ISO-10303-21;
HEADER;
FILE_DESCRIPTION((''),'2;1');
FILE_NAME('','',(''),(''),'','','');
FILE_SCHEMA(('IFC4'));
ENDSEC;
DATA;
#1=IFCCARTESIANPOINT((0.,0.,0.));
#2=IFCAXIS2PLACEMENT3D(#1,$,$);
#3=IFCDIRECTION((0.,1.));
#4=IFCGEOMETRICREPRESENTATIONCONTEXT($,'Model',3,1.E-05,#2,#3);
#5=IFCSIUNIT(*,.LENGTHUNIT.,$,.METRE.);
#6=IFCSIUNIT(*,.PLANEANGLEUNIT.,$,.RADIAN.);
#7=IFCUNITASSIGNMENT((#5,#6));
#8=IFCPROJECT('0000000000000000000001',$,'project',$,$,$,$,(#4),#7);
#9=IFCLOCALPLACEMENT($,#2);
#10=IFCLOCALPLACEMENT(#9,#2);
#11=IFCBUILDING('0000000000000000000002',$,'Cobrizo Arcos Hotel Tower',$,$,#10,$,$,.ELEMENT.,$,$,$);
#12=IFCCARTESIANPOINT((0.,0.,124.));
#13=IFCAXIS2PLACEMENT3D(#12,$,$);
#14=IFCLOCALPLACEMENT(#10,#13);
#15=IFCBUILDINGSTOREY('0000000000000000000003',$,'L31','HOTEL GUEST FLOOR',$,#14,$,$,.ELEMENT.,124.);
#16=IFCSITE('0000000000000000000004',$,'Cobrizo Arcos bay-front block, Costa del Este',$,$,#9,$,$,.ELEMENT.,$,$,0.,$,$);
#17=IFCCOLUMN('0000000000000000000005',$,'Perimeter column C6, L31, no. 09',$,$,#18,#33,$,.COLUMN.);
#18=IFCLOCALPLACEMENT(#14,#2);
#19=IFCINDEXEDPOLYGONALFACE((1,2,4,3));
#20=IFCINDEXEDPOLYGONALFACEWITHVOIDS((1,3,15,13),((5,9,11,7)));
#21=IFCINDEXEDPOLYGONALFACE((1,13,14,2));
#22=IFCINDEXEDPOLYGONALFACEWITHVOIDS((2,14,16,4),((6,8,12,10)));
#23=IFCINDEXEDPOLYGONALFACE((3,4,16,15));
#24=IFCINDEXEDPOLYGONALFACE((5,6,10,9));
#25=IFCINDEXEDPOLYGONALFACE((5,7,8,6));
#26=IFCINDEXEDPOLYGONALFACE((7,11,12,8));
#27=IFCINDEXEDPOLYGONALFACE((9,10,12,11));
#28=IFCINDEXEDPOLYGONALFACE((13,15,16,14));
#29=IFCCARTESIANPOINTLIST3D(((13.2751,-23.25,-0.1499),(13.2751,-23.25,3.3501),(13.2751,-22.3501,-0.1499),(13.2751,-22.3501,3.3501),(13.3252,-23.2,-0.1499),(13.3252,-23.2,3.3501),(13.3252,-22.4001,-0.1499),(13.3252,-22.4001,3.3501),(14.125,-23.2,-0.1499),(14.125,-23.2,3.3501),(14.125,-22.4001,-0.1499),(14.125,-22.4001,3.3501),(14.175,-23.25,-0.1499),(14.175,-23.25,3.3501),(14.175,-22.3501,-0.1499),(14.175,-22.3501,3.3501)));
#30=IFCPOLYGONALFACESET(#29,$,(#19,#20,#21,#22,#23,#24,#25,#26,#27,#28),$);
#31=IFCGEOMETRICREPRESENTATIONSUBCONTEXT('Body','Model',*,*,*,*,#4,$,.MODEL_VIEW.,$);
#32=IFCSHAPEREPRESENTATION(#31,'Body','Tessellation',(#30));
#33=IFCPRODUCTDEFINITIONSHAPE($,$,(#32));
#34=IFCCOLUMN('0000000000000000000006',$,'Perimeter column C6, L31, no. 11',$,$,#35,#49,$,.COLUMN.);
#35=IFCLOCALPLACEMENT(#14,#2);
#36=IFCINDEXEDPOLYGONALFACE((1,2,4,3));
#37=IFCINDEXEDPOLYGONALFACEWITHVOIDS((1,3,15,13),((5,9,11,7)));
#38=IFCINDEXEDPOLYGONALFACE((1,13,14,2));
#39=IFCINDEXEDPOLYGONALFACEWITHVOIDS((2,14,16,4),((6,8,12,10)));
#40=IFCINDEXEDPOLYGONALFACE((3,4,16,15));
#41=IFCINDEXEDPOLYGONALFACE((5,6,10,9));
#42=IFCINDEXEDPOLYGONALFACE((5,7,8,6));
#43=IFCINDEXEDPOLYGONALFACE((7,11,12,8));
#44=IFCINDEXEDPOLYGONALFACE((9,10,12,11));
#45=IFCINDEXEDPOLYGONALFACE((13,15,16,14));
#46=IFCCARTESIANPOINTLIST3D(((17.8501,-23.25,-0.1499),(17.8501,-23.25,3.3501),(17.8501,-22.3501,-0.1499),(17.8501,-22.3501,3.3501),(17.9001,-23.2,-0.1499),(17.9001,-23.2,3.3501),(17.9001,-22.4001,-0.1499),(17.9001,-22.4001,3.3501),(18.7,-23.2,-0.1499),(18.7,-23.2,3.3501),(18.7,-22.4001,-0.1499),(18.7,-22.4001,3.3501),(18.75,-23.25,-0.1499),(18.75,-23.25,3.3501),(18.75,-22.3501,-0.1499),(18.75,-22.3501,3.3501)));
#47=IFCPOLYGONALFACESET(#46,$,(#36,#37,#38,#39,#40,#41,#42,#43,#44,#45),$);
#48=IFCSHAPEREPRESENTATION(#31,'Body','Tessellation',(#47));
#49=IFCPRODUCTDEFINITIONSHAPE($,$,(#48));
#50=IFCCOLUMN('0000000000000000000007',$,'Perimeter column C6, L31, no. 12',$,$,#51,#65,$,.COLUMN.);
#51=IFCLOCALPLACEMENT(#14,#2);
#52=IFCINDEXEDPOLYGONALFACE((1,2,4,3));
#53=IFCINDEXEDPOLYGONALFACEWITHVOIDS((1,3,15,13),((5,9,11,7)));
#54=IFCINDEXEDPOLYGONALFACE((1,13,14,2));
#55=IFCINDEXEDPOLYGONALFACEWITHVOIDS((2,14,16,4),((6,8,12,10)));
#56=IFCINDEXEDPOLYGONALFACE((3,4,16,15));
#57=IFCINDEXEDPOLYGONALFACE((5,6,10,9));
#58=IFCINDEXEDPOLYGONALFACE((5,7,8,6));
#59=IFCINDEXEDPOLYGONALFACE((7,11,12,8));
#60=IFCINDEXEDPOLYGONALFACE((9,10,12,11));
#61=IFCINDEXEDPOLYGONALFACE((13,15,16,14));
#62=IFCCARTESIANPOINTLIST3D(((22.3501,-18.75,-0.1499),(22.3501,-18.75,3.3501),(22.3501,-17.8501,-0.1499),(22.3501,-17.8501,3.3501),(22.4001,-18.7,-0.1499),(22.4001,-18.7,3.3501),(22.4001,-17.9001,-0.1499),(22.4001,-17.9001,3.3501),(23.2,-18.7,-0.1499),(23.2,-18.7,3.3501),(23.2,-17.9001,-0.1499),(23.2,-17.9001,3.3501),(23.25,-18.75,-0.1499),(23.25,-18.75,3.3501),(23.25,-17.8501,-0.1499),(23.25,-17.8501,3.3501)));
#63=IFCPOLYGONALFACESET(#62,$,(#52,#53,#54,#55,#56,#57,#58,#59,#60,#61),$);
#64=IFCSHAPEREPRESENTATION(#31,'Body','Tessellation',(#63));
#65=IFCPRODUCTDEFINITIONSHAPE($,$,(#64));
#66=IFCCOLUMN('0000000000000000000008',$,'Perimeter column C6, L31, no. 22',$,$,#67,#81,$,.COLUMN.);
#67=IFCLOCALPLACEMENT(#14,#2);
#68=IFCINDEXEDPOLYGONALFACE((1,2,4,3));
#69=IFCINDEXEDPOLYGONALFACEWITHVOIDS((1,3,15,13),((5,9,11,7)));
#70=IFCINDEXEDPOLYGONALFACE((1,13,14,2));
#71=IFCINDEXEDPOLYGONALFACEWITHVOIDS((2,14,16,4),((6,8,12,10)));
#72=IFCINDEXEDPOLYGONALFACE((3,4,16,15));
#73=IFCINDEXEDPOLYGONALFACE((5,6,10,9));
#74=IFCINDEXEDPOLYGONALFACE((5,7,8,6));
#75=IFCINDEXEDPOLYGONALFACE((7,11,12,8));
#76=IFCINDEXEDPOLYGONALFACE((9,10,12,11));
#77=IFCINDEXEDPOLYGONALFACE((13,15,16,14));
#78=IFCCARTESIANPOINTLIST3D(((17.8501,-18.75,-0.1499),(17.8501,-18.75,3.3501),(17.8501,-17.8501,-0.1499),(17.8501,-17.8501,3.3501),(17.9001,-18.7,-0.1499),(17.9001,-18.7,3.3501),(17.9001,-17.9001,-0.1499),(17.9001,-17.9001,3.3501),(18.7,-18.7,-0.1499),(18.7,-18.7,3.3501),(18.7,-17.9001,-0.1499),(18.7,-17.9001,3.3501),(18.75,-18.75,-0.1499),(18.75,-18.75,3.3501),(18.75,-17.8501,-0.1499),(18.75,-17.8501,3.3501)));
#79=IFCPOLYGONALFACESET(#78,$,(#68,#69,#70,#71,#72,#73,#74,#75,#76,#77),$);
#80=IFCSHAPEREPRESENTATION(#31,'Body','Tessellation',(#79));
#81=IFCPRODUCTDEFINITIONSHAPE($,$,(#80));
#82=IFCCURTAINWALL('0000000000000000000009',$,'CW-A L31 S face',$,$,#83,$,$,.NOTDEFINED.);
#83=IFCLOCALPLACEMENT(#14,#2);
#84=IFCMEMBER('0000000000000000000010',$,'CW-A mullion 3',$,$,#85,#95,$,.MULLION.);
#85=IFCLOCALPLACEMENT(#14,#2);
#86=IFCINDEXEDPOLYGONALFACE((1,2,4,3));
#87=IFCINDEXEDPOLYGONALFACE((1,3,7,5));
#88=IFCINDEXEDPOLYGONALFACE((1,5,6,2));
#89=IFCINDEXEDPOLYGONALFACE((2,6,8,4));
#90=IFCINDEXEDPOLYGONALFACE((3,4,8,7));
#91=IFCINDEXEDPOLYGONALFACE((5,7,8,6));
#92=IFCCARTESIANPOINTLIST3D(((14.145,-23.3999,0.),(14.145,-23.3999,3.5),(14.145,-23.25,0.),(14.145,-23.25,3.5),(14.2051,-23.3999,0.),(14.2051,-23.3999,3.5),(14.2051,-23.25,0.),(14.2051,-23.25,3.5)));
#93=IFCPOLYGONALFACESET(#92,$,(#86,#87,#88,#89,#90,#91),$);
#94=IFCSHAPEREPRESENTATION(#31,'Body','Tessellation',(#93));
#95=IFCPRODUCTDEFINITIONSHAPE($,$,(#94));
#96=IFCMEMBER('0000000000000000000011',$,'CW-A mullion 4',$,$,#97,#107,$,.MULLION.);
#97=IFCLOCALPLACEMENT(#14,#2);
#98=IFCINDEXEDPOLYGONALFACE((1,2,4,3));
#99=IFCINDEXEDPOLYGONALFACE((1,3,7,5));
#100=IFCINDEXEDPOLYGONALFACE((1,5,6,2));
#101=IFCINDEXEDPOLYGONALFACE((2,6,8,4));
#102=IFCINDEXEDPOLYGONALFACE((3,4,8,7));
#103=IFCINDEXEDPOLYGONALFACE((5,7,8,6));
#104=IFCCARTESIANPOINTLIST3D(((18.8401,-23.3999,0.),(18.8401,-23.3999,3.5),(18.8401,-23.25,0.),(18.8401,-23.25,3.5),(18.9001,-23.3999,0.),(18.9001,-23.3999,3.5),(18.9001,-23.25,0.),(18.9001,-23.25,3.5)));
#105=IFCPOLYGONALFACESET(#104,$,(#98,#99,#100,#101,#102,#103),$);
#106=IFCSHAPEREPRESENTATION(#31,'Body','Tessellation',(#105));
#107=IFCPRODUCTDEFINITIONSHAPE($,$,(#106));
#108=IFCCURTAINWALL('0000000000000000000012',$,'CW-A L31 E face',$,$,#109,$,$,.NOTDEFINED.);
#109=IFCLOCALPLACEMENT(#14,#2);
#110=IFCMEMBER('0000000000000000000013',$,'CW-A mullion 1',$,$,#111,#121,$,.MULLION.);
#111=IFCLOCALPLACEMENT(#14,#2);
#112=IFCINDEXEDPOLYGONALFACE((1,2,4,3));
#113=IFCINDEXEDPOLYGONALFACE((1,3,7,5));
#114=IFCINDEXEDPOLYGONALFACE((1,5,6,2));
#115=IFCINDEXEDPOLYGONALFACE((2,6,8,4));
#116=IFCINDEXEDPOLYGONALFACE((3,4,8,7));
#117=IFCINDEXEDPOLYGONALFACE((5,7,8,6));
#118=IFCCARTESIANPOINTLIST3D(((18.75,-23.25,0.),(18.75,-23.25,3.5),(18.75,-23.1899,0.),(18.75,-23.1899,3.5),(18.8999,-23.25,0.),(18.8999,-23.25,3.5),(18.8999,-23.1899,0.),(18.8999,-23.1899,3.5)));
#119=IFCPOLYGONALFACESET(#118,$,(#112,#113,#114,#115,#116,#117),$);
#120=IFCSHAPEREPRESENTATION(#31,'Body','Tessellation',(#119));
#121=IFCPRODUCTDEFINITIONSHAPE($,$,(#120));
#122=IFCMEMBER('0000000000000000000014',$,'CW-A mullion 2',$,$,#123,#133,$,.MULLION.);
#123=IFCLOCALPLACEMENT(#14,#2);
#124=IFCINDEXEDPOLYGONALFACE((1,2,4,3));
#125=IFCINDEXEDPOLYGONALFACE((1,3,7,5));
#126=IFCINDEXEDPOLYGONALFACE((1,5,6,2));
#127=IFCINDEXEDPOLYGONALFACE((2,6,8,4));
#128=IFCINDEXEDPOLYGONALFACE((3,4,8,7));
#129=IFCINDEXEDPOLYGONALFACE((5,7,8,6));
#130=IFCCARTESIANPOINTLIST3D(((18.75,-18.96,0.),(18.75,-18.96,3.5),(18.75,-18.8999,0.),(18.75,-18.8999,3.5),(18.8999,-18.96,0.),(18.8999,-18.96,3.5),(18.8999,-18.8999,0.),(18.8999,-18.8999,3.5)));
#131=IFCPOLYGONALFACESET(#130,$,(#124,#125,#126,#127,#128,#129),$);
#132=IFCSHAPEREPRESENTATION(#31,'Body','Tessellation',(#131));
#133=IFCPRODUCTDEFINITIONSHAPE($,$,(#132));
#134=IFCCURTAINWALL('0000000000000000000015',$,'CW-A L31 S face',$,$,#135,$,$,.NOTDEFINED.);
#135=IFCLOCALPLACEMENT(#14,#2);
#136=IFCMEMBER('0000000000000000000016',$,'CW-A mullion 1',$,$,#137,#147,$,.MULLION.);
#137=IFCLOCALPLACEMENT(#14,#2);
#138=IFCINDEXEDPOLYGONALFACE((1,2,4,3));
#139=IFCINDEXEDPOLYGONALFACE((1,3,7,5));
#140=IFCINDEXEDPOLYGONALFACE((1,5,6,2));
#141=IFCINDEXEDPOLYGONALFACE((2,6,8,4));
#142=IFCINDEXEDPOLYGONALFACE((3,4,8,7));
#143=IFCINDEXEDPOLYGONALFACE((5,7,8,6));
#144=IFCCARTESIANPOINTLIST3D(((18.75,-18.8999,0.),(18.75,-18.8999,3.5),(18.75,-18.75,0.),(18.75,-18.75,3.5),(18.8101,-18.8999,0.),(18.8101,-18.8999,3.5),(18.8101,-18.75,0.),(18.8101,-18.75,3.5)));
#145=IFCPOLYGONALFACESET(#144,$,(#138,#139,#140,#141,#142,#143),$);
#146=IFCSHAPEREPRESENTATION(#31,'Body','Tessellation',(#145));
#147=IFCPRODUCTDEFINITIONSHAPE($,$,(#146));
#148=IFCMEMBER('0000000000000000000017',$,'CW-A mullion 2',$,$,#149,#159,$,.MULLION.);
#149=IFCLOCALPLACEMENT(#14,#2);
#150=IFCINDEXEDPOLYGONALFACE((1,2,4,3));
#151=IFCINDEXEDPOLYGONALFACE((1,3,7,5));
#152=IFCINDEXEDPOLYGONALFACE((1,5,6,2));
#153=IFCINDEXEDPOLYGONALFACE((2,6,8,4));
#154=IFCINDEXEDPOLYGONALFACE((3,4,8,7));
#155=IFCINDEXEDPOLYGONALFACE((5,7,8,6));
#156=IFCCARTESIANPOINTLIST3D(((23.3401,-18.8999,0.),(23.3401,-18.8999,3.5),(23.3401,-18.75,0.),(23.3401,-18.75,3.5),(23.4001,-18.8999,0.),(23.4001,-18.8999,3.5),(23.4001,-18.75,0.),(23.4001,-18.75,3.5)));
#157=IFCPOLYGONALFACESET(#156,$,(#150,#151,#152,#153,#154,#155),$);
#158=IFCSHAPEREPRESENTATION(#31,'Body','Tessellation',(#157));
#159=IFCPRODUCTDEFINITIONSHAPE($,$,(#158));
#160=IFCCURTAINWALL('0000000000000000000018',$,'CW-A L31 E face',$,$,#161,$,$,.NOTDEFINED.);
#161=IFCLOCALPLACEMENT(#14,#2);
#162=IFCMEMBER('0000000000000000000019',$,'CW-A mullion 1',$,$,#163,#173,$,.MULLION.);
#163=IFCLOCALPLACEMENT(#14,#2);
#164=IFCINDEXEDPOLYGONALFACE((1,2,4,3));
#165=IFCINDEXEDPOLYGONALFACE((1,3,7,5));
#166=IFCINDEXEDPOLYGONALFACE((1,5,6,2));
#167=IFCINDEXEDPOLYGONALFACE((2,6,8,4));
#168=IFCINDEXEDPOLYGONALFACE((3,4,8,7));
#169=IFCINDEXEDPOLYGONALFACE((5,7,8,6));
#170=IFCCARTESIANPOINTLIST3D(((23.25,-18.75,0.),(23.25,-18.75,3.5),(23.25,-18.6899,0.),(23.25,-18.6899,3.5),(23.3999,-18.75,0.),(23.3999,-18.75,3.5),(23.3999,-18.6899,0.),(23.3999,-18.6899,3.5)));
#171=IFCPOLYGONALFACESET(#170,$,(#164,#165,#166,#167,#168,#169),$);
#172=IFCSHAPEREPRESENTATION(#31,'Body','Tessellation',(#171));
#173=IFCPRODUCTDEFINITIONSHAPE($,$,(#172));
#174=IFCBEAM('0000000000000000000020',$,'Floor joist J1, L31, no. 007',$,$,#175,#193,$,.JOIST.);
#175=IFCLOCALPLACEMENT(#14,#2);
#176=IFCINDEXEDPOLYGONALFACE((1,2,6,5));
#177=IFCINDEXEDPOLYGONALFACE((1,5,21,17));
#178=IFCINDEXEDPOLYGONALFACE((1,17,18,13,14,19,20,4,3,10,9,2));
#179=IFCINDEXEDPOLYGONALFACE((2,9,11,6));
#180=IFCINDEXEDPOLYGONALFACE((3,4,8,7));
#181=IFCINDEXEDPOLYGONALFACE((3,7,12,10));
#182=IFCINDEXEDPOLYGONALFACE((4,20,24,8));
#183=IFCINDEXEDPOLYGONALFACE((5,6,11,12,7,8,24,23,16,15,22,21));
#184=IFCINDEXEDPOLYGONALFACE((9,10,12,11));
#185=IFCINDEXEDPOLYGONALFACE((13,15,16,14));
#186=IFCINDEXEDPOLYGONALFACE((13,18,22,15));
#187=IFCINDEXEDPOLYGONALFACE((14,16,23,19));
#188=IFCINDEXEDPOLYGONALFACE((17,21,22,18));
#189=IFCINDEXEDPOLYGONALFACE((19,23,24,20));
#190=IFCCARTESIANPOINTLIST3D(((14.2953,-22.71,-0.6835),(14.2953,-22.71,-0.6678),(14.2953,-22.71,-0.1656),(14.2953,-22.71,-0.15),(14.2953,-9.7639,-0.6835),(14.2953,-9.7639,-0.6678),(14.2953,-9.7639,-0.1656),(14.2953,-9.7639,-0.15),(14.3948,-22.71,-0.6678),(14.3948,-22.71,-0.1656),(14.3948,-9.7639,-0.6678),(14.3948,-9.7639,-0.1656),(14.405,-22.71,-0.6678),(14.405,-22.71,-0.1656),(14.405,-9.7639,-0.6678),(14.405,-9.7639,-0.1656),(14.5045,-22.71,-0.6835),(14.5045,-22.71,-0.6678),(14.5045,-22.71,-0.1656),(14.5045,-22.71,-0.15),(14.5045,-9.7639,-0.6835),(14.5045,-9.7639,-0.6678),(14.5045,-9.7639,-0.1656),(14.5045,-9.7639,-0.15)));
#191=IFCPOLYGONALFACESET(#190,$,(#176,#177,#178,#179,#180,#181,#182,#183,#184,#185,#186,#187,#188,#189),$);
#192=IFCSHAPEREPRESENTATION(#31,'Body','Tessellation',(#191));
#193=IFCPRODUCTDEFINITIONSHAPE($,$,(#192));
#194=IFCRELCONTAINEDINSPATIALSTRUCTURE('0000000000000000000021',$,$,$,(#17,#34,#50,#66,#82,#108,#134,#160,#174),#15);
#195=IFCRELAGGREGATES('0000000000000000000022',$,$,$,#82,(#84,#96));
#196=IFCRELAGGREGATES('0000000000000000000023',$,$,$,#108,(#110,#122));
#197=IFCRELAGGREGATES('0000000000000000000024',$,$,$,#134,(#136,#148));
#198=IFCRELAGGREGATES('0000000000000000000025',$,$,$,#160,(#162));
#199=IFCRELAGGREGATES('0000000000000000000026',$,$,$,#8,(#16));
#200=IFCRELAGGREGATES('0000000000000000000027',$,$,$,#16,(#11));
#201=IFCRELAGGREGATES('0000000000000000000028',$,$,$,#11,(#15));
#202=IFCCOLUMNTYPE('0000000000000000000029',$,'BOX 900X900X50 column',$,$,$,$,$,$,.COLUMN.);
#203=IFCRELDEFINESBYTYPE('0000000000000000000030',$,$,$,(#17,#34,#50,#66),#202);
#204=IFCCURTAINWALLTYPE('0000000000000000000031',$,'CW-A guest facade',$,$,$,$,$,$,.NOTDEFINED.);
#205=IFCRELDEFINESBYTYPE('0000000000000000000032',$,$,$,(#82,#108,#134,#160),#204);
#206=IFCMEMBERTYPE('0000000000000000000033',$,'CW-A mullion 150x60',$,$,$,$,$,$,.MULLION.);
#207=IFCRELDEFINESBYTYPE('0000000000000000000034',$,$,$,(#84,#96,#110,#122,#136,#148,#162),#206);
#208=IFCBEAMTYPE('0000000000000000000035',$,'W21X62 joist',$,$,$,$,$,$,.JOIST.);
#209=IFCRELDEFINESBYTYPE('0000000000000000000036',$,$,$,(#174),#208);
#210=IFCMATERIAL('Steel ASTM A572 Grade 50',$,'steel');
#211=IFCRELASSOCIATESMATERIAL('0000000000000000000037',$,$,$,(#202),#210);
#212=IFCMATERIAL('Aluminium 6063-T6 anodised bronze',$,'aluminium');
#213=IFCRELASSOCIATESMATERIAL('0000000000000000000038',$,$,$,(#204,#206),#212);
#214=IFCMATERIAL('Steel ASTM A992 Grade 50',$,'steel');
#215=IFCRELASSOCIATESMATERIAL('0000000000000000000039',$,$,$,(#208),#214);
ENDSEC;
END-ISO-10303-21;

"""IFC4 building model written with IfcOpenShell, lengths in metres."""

from ifc_helpers import new_model, si_unit, direction, frame, origin, origin_2d, place, context, subcontext, project, spatial, rectangle, hollow_rectangle, i_section, extrude, material, material_profile, profile_set, type_object, element, aggregate, save


model = new_model("IFC4")

# Units and contexts
model_context = context("Model", 3, precision=1e-05, world=origin(), true_north=direction((0.0, 1.0)))
body_context = subcontext(model_context, "Body", "Model", "MODEL_VIEW")
ifc_project = project(units=[si_unit("LENGTHUNIT", "METRE"), si_unit("PLANEANGLEUNIT", "RADIAN")], contexts=[model_context])

# Site, building, storey
site_placement = place(None, origin())
site = spatial("IfcSite", under=ifc_project, at=site_placement, Name="Cobrizo Arcos bay-front block, Costa del Este", CompositionType="ELEMENT", RefElevation=0.0)
building_placement = place(site_placement, origin())
building = spatial("IfcBuilding", under=site, at=building_placement, Name="Cobrizo Arcos Hotel Tower", CompositionType="ELEMENT")
storey_placement = place(building_placement, frame((0.0, 0.0, 124.0)))
storey = spatial("IfcBuildingStorey", under=building, at=storey_placement, Name="L31", Description="HOTEL GUEST FLOOR", CompositionType="ELEMENT", Elevation=124.0)

# Columns
ifc_material_1 = material(Name="Steel ASTM A572 Grade 50", Category="steel")
ifc_material_profile_1 = material_profile(ifc_material_1, hollow_rectangle(XDim=0.8999, YDim=0.8999, WallThickness=0.05, at=origin_2d()), Name="BOX 900X900X50")
ifc_profile_set_1 = profile_set([ifc_material_profile_1], Name="Steel ASTM A572 Grade 50")
column_type = type_object("IfcColumnType", Name="BOX 900X900X50 column", PredefinedType="COLUMN", material=ifc_profile_set_1)
for number, where, z_axis, x_axis, name in (
    (1, (13.7251, -22.8, -0.1499), (0.0, 0.0, 1.0), (1.0, 0.0, 0.0), "Perimeter column C6, L31, no. 09"),
    (2, (18.3, -22.8, -0.1499), (0.0, 0.0, 1.0), (1.0, 0.0, 0.0), "Perimeter column C6, L31, no. 11"),
    (3, (22.8, -18.3, -0.1499), (0.0, 0.0, 1.0), (1.0, 0.0, 0.0), "Perimeter column C6, L31, no. 12"),
    (4, (18.3, -18.3, -0.1499), (0.0, 0.0, 1.0), (1.0, 0.0, 0.0), "Perimeter column C6, L31, no. 22"),
):
    element("IfcColumn", number, at=place(storey_placement, frame(where, z_axis=z_axis, x_axis=x_axis)), inside=storey, type_object=column_type, Name=name, PredefinedType="COLUMN", context=body_context, shape_type="SweptSolid", body=[
        extrude(hollow_rectangle(XDim=0.8999, YDim=0.8999, WallThickness=0.05, at=origin_2d()), origin(), (0.0, 0.0, 1.0), 3.5),
    ])

# Curtain walls, members
ifc_material_2 = material(Name="Aluminium 6063-T6 anodised bronze", Category="aluminium")
curtain_wall_type = type_object("IfcCurtainWallType", Name="CW-A guest facade", PredefinedType="NOTDEFINED", material=ifc_material_2)
curtain_wall_1_placement = place(storey_placement, origin())
curtain_wall_1 = element("IfcCurtainWall", 5, at=curtain_wall_1_placement, inside=storey, type_object=curtain_wall_type, Name="CW-A L31 S face", PredefinedType="NOTDEFINED")
ifc_material_profile_2 = material_profile(ifc_material_2, rectangle(XDim=0.1499, YDim=0.0601, at=origin_2d()), Name="CW-A mullion 150x60")
ifc_profile_set_2 = profile_set([ifc_material_profile_2], Name="Aluminium 6063-T6 anodised bronze")
member_type = type_object("IfcMemberType", Name="CW-A mullion 150x60", PredefinedType="MULLION", material=ifc_profile_set_2)
member_1_placement = place(storey_placement, frame((14.175, -23.325, 0.0), z_axis=(0.0, 0.0, 1.0), x_axis=(0.0, -1.0, 0.0)))
member_1 = element("IfcMember", 6, at=member_1_placement, type_object=member_type, Name="CW-A mullion 3", PredefinedType="MULLION", context=body_context, shape_type="SweptSolid", body=[
    extrude(rectangle(XDim=0.1499, YDim=0.0601, at=origin_2d()), origin(), (0.0, 0.0, 1.0), 3.5),
])
member_2_placement = place(storey_placement, frame((18.8701, -23.325, 0.0), z_axis=(0.0, 0.0, 1.0), x_axis=(0.0, -1.0, 0.0)))
member_2 = element("IfcMember", 7, at=member_2_placement, type_object=member_type, Name="CW-A mullion 4", PredefinedType="MULLION", context=body_context, shape_type="SweptSolid", body=[
    extrude(rectangle(XDim=0.1499, YDim=0.0601, at=origin_2d()), origin(), (0.0, 0.0, 1.0), 3.5),
])
curtain_wall_2_placement = place(storey_placement, origin())
curtain_wall_2 = element("IfcCurtainWall", 8, at=curtain_wall_2_placement, inside=storey, type_object=curtain_wall_type, Name="CW-A L31 E face", PredefinedType="NOTDEFINED")
member_3_placement = place(storey_placement, frame((18.825, -23.22, 0.0), z_axis=(0.0, 0.0, 1.0), x_axis=(1.0, 0.0, 0.0)))
member_3 = element("IfcMember", 9, at=member_3_placement, type_object=member_type, Name="CW-A mullion 1", PredefinedType="MULLION", context=body_context, shape_type="SweptSolid", body=[
    extrude(rectangle(XDim=0.1499, YDim=0.0601, at=origin_2d()), origin(), (0.0, 0.0, 1.0), 3.5),
])
member_4_placement = place(storey_placement, frame((18.825, -18.9299, 0.0), z_axis=(0.0, 0.0, 1.0), x_axis=(1.0, 0.0, 0.0)))
member_4 = element("IfcMember", 10, at=member_4_placement, type_object=member_type, Name="CW-A mullion 2", PredefinedType="MULLION", context=body_context, shape_type="SweptSolid", body=[
    extrude(rectangle(XDim=0.1499, YDim=0.0601, at=origin_2d()), origin(), (0.0, 0.0, 1.0), 3.5),
])
curtain_wall_3_placement = place(storey_placement, origin())
curtain_wall_3 = element("IfcCurtainWall", 11, at=curtain_wall_3_placement, inside=storey, type_object=curtain_wall_type, Name="CW-A L31 S face", PredefinedType="NOTDEFINED")
member_5_placement = place(storey_placement, frame((18.78, -18.825, 0.0), z_axis=(0.0, 0.0, 1.0), x_axis=(0.0, -1.0, 0.0)))
member_5 = element("IfcMember", 12, at=member_5_placement, type_object=member_type, Name="CW-A mullion 1", PredefinedType="MULLION", context=body_context, shape_type="SweptSolid", body=[
    extrude(rectangle(XDim=0.1499, YDim=0.0601, at=origin_2d()), origin(), (0.0, 0.0, 1.0), 3.5),
])
member_6_placement = place(storey_placement, frame((23.3701, -18.825, 0.0), z_axis=(0.0, 0.0, 1.0), x_axis=(0.0, -1.0, 0.0)))
member_6 = element("IfcMember", 13, at=member_6_placement, type_object=member_type, Name="CW-A mullion 2", PredefinedType="MULLION", context=body_context, shape_type="SweptSolid", body=[
    extrude(rectangle(XDim=0.1499, YDim=0.0601, at=origin_2d()), origin(), (0.0, 0.0, 1.0), 3.5),
])

# Curtain wall, member
curtain_wall_4_placement = place(storey_placement, origin())
curtain_wall_4 = element("IfcCurtainWall", 14, at=curtain_wall_4_placement, inside=storey, type_object=curtain_wall_type, Name="CW-A L31 E face", PredefinedType="NOTDEFINED")
member_7_placement = place(storey_placement, frame((23.325, -18.72, 0.0), z_axis=(0.0, 0.0, 1.0), x_axis=(1.0, 0.0, 0.0)))
member_7 = element("IfcMember", 15, at=member_7_placement, type_object=member_type, Name="CW-A mullion 1", PredefinedType="MULLION", context=body_context, shape_type="SweptSolid", body=[
    extrude(rectangle(XDim=0.1499, YDim=0.0601, at=origin_2d()), origin(), (0.0, 0.0, 1.0), 3.5),
])

# Beam
ifc_material_3 = material(Name="Steel ASTM A992 Grade 50", Category="steel")
ifc_material_profile_3 = material_profile(ifc_material_3, i_section(OverallWidth=0.2092, OverallDepth=0.5334, WebThickness=0.0103, FlangeThickness=0.0156, at=origin_2d()), Name="W21X62")
ifc_profile_set_3 = profile_set([ifc_material_profile_3], Name="Steel ASTM A992 Grade 50")
beam_type_1 = type_object("IfcBeamType", Name="W21X62 joist", PredefinedType="JOIST", material=ifc_profile_set_3)
beam_1_placement = place(storey_placement, frame((14.3999, -22.71, -0.4167), z_axis=(0.0, 1.0, 0.0), x_axis=(-1.0, 0.0, 0.0)))
element("IfcBeam", 16, at=beam_1_placement, inside=storey, type_object=beam_type_1, Name="Floor joist J1, L31, no. 007", PredefinedType="JOIST", context=body_context, shape_type="SweptSolid", body=[
    extrude(i_section(OverallWidth=0.2092, OverallDepth=0.5334, WebThickness=0.0103, FlangeThickness=0.0156, at=origin_2d()), origin(), (0.0, 0.0, 1.0), 12.946),
])

aggregate(curtain_wall_1, [member_1, member_2])
aggregate(curtain_wall_2, [member_3, member_4])
aggregate(curtain_wall_3, [member_5, member_6])
aggregate(curtain_wall_4, [member_7])

save(model, "model.ifc")
